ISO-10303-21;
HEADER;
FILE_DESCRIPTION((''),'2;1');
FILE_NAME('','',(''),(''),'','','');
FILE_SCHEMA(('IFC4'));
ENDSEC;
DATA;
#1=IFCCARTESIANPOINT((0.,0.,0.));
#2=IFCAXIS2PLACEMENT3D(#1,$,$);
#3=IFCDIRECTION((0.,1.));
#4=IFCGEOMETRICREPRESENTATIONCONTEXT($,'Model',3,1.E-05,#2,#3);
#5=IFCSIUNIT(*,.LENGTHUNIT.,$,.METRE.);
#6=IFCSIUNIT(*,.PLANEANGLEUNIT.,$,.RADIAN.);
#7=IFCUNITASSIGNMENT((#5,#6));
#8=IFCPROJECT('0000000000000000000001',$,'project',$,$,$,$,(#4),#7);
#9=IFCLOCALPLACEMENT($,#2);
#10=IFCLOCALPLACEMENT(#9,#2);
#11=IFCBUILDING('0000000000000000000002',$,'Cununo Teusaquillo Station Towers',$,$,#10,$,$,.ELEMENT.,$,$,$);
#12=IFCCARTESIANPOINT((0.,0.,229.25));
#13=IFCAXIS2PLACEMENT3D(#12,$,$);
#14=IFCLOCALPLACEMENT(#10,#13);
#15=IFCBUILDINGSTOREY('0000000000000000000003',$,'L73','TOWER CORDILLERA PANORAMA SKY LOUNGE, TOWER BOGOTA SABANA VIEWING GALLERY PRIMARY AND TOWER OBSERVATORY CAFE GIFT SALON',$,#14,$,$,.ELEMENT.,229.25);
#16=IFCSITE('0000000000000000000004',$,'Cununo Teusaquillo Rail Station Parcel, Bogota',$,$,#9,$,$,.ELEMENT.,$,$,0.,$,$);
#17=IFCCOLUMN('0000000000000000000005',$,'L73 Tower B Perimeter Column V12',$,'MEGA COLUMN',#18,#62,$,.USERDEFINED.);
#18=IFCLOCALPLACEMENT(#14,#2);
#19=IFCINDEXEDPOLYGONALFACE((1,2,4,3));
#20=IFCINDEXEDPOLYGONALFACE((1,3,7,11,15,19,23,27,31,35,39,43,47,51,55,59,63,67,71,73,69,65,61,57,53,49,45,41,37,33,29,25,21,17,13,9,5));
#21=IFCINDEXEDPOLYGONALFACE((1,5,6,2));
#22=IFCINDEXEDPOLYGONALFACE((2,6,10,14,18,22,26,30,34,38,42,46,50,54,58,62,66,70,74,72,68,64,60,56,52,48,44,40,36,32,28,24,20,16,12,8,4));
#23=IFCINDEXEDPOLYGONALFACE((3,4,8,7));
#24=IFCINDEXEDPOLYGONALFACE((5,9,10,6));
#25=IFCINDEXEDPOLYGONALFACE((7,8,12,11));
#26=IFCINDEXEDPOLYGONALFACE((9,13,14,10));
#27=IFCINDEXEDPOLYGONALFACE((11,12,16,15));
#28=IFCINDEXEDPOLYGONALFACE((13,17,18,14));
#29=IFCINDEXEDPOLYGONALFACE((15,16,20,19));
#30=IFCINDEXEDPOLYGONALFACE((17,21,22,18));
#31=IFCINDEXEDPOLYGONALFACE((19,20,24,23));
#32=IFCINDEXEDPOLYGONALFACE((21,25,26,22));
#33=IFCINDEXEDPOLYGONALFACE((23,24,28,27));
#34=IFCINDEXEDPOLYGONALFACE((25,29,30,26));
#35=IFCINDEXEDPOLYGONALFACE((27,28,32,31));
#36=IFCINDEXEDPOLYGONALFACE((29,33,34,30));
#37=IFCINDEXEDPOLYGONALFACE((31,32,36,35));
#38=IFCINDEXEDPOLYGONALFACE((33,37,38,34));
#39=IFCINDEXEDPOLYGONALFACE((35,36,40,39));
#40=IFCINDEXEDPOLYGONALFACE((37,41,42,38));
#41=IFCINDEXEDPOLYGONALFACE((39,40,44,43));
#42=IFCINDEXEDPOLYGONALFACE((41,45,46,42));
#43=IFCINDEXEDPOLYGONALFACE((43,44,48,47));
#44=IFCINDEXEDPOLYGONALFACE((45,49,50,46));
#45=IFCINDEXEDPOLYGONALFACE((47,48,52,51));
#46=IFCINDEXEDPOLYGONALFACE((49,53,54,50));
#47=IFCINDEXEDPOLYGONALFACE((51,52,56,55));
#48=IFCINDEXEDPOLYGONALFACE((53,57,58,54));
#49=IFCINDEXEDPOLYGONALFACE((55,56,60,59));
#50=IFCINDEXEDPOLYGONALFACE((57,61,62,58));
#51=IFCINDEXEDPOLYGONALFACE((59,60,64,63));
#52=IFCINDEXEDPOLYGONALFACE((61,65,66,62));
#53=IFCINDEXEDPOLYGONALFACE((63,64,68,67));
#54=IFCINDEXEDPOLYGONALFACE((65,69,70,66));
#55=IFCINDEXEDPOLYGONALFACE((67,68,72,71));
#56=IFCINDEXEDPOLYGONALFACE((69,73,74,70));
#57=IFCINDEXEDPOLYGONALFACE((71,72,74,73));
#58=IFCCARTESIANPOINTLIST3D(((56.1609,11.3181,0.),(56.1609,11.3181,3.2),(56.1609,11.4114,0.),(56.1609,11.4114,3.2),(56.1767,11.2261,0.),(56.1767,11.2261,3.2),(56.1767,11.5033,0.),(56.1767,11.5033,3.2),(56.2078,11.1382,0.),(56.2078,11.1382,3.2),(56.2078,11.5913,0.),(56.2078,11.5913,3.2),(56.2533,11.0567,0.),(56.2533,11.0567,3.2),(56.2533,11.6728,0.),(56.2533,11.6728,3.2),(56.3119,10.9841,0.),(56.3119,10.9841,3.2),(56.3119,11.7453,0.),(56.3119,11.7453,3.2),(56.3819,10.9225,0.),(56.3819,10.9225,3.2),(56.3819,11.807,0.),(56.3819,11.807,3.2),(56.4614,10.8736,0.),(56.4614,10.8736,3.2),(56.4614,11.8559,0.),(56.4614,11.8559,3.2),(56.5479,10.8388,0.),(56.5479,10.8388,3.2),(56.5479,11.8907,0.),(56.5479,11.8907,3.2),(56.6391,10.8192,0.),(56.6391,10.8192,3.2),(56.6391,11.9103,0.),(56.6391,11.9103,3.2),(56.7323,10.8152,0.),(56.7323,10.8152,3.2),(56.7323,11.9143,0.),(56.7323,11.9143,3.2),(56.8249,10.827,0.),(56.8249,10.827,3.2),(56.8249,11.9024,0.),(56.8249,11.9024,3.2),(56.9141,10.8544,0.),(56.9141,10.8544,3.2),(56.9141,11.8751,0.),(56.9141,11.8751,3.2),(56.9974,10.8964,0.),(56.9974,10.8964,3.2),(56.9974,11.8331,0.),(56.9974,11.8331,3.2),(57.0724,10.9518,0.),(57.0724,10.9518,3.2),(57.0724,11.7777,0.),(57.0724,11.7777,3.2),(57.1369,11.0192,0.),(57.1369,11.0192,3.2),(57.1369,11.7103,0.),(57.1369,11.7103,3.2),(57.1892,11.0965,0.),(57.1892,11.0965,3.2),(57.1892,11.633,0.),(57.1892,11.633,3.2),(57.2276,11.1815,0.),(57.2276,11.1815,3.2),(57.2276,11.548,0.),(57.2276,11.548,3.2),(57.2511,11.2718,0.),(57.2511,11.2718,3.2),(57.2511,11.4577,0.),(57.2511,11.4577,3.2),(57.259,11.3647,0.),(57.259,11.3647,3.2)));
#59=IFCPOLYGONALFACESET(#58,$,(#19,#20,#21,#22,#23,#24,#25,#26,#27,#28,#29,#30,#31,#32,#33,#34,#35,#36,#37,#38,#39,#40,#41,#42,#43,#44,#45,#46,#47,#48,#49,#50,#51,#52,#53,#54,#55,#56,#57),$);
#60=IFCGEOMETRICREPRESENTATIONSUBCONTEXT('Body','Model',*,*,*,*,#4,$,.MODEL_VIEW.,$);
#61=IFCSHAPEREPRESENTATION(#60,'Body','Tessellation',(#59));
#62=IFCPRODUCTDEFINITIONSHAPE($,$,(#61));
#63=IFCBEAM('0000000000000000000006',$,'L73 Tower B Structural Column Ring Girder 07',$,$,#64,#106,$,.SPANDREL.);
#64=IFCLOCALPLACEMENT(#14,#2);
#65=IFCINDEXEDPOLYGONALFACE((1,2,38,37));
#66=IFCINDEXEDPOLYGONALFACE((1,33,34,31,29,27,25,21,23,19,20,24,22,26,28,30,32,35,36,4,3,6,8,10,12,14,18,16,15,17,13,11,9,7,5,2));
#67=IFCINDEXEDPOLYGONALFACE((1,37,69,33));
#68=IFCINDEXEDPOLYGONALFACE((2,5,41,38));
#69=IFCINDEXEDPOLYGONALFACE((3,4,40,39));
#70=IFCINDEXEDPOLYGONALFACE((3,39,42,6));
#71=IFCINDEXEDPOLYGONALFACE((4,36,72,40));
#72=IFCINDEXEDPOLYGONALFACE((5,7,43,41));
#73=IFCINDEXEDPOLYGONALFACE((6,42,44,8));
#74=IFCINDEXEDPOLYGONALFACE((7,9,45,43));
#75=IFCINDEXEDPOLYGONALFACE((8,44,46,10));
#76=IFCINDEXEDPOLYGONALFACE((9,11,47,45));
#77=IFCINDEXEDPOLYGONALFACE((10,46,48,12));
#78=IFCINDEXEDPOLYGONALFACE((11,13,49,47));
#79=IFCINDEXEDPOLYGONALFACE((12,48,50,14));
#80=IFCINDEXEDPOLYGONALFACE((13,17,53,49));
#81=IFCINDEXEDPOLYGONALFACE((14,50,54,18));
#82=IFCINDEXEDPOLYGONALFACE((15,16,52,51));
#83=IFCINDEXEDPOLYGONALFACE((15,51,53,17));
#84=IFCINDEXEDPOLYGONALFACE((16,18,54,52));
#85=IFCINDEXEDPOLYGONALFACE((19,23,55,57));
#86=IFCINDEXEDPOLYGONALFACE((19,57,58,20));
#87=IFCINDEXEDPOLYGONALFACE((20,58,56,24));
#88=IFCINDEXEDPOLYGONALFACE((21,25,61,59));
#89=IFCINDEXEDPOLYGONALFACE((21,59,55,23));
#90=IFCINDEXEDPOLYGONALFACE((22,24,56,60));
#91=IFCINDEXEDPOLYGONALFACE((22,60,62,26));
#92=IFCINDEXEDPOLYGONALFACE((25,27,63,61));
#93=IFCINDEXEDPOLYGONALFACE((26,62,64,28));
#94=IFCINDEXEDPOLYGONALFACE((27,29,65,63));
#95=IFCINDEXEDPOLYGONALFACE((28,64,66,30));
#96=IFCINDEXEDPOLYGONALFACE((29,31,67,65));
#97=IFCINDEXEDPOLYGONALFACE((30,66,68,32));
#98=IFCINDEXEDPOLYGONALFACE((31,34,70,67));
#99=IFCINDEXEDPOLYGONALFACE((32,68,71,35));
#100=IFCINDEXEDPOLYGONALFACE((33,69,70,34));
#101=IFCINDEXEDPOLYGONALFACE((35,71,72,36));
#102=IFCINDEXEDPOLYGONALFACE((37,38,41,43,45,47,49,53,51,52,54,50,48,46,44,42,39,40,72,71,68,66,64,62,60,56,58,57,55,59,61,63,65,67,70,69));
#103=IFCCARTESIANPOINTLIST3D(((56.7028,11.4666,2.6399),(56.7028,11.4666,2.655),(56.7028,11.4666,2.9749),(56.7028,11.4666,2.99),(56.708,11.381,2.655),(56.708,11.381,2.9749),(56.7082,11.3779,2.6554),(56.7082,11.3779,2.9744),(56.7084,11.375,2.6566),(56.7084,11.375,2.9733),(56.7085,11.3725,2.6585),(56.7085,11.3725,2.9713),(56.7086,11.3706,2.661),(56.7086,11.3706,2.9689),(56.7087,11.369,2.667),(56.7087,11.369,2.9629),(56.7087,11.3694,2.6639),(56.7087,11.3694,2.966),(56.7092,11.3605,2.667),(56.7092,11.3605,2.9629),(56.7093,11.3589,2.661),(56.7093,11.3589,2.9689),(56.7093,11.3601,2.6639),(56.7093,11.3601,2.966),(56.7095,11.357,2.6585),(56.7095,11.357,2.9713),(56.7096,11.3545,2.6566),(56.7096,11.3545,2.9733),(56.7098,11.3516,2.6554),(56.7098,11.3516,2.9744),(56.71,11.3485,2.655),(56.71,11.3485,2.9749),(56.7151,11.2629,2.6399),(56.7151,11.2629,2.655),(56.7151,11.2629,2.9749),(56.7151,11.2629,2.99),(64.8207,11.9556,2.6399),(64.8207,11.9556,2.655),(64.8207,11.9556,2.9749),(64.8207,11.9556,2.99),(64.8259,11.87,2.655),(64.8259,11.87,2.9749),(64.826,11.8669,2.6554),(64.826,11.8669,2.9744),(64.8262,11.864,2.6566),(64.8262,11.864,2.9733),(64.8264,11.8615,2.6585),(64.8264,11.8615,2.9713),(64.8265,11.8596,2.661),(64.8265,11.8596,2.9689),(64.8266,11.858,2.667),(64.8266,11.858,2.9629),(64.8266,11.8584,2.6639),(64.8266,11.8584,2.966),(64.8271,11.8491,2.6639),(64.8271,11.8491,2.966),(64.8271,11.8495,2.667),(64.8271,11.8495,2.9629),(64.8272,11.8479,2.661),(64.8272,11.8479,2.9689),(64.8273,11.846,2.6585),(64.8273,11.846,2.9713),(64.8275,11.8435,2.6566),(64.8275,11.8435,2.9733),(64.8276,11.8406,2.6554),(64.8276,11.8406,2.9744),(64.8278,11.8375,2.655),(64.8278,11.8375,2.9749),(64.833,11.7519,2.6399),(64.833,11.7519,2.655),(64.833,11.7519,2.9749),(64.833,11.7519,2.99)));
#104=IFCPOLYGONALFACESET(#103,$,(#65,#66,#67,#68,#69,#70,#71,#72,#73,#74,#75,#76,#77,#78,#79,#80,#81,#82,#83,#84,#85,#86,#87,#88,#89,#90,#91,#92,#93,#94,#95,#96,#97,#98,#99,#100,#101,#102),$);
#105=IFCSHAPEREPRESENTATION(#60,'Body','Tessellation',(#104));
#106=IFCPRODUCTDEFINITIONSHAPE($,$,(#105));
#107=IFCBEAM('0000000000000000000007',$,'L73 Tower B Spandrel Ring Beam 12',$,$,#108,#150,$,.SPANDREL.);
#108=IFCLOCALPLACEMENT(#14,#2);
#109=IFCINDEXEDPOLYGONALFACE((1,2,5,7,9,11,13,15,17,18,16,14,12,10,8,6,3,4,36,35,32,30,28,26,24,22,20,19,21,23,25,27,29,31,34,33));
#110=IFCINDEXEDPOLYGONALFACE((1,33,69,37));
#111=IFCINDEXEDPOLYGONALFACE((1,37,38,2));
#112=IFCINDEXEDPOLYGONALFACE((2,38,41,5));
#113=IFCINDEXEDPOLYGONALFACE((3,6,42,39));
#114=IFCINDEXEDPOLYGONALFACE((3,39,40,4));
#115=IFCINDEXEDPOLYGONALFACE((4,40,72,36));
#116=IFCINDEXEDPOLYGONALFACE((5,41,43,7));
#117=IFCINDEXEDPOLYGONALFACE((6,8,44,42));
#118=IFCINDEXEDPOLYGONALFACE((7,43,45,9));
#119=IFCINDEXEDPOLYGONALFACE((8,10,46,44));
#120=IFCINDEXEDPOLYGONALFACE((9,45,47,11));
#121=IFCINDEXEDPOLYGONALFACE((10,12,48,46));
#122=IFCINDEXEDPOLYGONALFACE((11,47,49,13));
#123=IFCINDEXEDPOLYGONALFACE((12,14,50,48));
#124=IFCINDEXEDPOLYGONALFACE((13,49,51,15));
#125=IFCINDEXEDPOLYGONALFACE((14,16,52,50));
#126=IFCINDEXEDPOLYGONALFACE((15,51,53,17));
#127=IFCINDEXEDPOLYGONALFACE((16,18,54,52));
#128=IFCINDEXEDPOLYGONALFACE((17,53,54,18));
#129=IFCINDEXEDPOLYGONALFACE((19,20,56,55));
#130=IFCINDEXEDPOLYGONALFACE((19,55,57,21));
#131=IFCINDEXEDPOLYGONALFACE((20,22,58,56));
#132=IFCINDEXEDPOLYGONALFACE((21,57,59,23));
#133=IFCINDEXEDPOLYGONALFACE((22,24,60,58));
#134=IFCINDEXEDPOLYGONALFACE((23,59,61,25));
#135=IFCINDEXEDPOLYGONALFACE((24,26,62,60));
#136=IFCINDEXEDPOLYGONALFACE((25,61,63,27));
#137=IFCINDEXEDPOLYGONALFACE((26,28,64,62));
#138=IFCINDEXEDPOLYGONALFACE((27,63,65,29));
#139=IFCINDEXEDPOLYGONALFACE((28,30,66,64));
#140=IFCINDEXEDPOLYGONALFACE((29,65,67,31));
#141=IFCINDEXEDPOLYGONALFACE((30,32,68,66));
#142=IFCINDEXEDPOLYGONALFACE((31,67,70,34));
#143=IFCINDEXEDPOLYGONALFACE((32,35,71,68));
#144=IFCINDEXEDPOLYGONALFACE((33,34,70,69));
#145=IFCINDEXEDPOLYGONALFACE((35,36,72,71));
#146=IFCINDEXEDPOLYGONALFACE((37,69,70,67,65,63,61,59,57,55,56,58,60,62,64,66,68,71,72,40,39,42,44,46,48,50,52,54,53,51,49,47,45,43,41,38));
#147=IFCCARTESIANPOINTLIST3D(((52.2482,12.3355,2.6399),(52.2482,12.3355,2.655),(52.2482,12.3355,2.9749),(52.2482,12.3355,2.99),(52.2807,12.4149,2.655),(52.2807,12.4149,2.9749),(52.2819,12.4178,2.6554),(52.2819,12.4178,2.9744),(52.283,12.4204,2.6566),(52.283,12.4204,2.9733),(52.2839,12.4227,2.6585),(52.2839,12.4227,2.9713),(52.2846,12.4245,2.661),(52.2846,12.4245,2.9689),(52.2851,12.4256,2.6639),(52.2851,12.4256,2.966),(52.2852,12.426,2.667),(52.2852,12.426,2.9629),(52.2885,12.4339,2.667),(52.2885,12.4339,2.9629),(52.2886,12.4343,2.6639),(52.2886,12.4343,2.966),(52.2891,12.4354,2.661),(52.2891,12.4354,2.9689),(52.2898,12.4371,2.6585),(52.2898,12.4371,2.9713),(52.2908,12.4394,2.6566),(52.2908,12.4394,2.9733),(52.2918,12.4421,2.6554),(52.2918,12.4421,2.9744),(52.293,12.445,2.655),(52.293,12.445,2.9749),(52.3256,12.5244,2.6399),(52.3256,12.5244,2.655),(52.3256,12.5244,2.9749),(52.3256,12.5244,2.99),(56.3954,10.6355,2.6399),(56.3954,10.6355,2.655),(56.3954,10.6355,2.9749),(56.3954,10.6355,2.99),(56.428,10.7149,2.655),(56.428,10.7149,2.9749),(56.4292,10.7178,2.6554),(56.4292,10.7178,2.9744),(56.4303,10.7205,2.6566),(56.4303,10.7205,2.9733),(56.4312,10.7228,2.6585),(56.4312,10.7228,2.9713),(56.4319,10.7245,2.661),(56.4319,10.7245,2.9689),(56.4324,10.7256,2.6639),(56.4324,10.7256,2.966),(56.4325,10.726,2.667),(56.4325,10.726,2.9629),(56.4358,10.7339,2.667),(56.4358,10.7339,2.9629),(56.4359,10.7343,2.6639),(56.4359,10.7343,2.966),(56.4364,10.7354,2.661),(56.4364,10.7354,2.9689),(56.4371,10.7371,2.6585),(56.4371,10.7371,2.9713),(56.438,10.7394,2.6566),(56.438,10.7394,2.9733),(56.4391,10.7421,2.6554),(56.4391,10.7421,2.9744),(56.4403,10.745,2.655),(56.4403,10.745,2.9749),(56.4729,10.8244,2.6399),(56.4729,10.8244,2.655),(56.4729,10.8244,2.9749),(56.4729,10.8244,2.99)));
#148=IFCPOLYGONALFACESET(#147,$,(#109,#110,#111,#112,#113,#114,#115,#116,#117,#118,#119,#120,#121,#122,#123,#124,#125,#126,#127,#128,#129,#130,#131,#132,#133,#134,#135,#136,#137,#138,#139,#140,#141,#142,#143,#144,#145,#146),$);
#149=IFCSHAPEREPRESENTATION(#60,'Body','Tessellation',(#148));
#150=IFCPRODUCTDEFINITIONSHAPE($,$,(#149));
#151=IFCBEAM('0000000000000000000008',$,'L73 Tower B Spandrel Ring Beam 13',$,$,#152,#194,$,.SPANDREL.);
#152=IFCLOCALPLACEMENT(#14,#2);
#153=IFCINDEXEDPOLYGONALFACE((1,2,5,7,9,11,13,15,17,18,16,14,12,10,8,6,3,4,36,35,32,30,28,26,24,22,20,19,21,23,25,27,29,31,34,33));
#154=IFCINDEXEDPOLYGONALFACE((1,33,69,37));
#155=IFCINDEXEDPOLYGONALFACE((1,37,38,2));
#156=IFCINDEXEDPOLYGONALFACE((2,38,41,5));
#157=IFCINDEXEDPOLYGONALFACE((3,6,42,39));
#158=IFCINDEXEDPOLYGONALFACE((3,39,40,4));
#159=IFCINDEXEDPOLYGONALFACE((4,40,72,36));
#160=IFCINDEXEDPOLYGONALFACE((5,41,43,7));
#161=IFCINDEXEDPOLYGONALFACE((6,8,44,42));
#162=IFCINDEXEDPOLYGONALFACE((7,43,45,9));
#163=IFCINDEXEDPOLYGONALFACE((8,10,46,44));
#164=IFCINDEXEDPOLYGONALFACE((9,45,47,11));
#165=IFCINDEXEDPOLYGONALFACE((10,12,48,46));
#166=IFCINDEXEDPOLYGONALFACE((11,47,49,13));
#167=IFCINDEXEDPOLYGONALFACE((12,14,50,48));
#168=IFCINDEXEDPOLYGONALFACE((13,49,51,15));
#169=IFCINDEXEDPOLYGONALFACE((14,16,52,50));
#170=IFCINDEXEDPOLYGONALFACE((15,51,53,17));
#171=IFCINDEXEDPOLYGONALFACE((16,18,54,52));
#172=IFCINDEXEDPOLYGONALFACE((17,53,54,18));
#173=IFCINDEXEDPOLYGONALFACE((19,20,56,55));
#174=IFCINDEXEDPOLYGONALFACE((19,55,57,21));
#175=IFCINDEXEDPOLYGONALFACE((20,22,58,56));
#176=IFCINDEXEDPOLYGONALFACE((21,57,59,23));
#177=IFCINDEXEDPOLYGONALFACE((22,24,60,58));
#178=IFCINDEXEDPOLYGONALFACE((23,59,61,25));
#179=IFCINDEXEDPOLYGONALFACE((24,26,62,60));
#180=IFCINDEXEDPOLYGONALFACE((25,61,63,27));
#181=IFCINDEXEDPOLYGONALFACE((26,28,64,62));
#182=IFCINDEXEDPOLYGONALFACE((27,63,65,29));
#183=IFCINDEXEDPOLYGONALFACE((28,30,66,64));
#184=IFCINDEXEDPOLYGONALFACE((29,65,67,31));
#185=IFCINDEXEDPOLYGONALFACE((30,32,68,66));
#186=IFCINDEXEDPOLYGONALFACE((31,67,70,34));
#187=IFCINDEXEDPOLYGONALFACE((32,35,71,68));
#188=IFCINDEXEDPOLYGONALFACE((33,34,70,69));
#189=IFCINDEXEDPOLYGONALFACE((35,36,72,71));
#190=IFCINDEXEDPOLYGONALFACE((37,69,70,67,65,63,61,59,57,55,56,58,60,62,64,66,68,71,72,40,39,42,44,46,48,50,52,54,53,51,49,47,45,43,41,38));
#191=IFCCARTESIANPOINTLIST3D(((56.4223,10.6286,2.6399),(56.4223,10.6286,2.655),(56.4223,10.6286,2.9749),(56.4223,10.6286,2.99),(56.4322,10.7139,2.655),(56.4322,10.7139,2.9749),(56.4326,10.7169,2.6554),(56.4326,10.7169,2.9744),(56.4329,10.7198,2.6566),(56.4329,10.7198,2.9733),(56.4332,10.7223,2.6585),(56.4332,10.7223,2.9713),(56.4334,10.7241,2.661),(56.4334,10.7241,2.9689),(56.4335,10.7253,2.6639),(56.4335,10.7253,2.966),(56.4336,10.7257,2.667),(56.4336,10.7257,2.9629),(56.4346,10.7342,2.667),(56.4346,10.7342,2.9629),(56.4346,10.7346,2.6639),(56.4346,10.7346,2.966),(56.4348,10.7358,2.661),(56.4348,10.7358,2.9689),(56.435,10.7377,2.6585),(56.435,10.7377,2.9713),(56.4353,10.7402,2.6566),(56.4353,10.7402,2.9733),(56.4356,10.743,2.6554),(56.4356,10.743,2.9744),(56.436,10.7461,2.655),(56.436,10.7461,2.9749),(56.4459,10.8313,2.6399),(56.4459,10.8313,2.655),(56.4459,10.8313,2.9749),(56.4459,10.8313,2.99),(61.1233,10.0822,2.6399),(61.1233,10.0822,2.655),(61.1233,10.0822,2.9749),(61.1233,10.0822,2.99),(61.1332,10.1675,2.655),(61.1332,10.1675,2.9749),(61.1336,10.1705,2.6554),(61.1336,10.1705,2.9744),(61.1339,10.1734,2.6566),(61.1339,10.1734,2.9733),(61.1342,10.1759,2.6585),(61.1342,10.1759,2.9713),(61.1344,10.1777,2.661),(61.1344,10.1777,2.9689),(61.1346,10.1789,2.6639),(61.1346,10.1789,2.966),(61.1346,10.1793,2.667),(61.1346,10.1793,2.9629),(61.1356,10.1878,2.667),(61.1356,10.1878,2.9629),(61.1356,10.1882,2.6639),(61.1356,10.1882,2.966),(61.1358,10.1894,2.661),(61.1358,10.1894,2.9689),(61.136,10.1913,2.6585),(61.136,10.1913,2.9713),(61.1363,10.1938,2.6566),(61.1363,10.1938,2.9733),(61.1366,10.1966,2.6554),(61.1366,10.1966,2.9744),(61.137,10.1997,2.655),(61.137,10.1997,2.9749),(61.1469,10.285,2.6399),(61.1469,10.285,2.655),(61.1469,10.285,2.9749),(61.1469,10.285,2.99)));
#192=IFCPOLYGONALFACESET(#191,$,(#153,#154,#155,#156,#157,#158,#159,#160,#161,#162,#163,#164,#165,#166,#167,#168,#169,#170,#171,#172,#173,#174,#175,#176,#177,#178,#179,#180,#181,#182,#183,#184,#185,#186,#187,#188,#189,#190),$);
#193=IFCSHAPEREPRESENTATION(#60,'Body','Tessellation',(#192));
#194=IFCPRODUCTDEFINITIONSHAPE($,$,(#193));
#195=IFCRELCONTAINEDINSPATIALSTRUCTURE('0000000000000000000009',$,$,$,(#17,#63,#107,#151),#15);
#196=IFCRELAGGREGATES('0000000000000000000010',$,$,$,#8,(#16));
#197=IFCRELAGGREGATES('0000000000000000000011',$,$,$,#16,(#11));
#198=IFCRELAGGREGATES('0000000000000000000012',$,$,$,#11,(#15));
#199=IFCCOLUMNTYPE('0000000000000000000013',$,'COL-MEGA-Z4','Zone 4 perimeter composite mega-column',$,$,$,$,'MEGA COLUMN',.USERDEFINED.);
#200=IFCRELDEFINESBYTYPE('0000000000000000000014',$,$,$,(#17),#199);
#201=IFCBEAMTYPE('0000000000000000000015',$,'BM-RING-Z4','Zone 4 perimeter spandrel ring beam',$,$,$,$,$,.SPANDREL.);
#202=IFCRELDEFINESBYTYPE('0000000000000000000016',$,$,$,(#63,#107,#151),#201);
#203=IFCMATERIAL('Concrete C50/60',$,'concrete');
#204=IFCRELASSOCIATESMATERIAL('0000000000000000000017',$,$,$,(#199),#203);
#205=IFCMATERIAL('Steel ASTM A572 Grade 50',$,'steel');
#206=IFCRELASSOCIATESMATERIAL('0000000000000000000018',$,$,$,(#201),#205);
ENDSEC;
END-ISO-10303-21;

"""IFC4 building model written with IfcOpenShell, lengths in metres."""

from ifc_helpers import new_model, si_unit, direction, frame, origin, origin_2d, place, context, subcontext, project, spatial, circle, i_section, extrude, material, material_profile, profile_set, type_object, element, save


model = new_model("IFC4")

# Units and contexts
model_context = context("Model", 3, precision=1e-05, world=origin(), true_north=direction((0.0, 1.0)))
body_context = subcontext(model_context, "Body", "Model", "MODEL_VIEW")
ifc_project = project(units=[si_unit("LENGTHUNIT", "METRE"), si_unit("PLANEANGLEUNIT", "RADIAN")], contexts=[model_context])

# Site, building, storey
site_placement = place(None, origin())
site = spatial("IfcSite", under=ifc_project, at=site_placement, Name="Cununo Teusaquillo Rail Station Parcel, Bogota", CompositionType="ELEMENT", RefElevation=0.0)
building_placement = place(site_placement, origin())
building = spatial("IfcBuilding", under=site, at=building_placement, Name="Cununo Teusaquillo Station Towers", CompositionType="ELEMENT")
storey_placement = place(building_placement, frame((0.0, 0.0, 229.25)))
storey = spatial("IfcBuildingStorey", under=building, at=storey_placement, Name="L73", Description="TOWER CORDILLERA PANORAMA SKY LOUNGE, TOWER BOGOTA SABANA VIEWING GALLERY PRIMARY AND TOWER OBSERVATORY CAFE GIFT SALON", CompositionType="ELEMENT", Elevation=229.25)

# Column
ifc_material_1 = material(Name="Concrete C50/60", Category="concrete")
ifc_material_profile_1 = material_profile(ifc_material_1, circle(Radius=0.55, at=origin_2d()), Name="RC-CIRC-1100")
ifc_profile_set_1 = profile_set([ifc_material_profile_1], Name="Concrete C50/60")
column_type = type_object("IfcColumnType", Name="COL-MEGA-Z4", Description="Zone 4 perimeter composite mega-column", ElementType="MEGA COLUMN", PredefinedType="USERDEFINED", material=ifc_profile_set_1)
column_placement = place(storey_placement, frame((56.709, 11.3647, 0.0), z_axis=(0.0, 0.0, 1.0), x_axis=(1.0, 0.0, 0.0)))
element("IfcColumn", 1, at=column_placement, inside=storey, type_object=column_type, Name="L73 Tower B Perimeter Column V12", ObjectType="MEGA COLUMN", PredefinedType="USERDEFINED", context=body_context, shape_type="SweptSolid", body=[
    extrude(circle(Radius=0.55, at=origin_2d()), origin(), (0.0, 0.0, 1.0), 3.2),
])

# Beams
ifc_material_2 = material(Name="Steel ASTM A572 Grade 50", Category="steel")
ifc_material_profile_2 = material_profile(ifc_material_2, i_section(OverallWidth=0.2041, OverallDepth=0.3501, WebThickness=0.0085, FlangeThickness=0.0151, FilletRadius=0.012, at=origin_2d()), Name="W14X48")
ifc_profile_set_2 = profile_set([ifc_material_profile_2], Name="Steel ASTM A572 Grade 50")
beam_type = type_object("IfcBeamType", Name="BM-RING-Z4", Description="Zone 4 perimeter spandrel ring beam", PredefinedType="SPANDREL", material=ifc_profile_set_2)
beam_1_placement = place(storey_placement, frame((56.709, 11.3647, 2.8149), z_axis=(0.998191, 0.06013, 0.0), x_axis=(-0.06013, 0.998191, 0.0)))
element("IfcBeam", 2, at=beam_1_placement, inside=storey, type_object=beam_type, Name="L73 Tower B Structural Column Ring Girder 07", PredefinedType="SPANDREL", context=body_context, shape_type="SweptSolid", body=[
    extrude(i_section(OverallWidth=0.2041, OverallDepth=0.3501, WebThickness=0.0085, FlangeThickness=0.0151, FilletRadius=0.012, at=origin_2d()), origin(), (0.0, 0.0, 1.0), 8.1326),
])
beam_2_placement = place(storey_placement, frame((52.2869, 12.4299, 2.8149), z_axis=(0.925284, -0.379275, 0.0), x_axis=(0.379275, 0.925284, 0.0)))
element("IfcBeam", 3, at=beam_2_placement, inside=storey, type_object=beam_type, Name="L73 Tower B Spandrel Ring Beam 12", PredefinedType="SPANDREL", context=body_context, shape_type="SweptSolid", body=[
    extrude(i_section(OverallWidth=0.2041, OverallDepth=0.3501, WebThickness=0.0085, FlangeThickness=0.0151, FilletRadius=0.012, at=origin_2d()), origin(), (0.0, 0.0, 1.0), 4.4822),
])
beam_3_placement = place(storey_placement, frame((56.4341, 10.73, 2.8149), z_axis=(0.993313, -0.115452, 0.0), x_axis=(0.115452, 0.993313, 0.0)))
element("IfcBeam", 4, at=beam_3_placement, inside=storey, type_object=beam_type, Name="L73 Tower B Spandrel Ring Beam 13", PredefinedType="SPANDREL", context=body_context, shape_type="SweptSolid", body=[
    extrude(i_section(OverallWidth=0.2041, OverallDepth=0.3501, WebThickness=0.0085, FlangeThickness=0.0151, FilletRadius=0.012, at=origin_2d()), origin(), (0.0, 0.0, 1.0), 4.7327),
])

save(model, "model.ifc")
